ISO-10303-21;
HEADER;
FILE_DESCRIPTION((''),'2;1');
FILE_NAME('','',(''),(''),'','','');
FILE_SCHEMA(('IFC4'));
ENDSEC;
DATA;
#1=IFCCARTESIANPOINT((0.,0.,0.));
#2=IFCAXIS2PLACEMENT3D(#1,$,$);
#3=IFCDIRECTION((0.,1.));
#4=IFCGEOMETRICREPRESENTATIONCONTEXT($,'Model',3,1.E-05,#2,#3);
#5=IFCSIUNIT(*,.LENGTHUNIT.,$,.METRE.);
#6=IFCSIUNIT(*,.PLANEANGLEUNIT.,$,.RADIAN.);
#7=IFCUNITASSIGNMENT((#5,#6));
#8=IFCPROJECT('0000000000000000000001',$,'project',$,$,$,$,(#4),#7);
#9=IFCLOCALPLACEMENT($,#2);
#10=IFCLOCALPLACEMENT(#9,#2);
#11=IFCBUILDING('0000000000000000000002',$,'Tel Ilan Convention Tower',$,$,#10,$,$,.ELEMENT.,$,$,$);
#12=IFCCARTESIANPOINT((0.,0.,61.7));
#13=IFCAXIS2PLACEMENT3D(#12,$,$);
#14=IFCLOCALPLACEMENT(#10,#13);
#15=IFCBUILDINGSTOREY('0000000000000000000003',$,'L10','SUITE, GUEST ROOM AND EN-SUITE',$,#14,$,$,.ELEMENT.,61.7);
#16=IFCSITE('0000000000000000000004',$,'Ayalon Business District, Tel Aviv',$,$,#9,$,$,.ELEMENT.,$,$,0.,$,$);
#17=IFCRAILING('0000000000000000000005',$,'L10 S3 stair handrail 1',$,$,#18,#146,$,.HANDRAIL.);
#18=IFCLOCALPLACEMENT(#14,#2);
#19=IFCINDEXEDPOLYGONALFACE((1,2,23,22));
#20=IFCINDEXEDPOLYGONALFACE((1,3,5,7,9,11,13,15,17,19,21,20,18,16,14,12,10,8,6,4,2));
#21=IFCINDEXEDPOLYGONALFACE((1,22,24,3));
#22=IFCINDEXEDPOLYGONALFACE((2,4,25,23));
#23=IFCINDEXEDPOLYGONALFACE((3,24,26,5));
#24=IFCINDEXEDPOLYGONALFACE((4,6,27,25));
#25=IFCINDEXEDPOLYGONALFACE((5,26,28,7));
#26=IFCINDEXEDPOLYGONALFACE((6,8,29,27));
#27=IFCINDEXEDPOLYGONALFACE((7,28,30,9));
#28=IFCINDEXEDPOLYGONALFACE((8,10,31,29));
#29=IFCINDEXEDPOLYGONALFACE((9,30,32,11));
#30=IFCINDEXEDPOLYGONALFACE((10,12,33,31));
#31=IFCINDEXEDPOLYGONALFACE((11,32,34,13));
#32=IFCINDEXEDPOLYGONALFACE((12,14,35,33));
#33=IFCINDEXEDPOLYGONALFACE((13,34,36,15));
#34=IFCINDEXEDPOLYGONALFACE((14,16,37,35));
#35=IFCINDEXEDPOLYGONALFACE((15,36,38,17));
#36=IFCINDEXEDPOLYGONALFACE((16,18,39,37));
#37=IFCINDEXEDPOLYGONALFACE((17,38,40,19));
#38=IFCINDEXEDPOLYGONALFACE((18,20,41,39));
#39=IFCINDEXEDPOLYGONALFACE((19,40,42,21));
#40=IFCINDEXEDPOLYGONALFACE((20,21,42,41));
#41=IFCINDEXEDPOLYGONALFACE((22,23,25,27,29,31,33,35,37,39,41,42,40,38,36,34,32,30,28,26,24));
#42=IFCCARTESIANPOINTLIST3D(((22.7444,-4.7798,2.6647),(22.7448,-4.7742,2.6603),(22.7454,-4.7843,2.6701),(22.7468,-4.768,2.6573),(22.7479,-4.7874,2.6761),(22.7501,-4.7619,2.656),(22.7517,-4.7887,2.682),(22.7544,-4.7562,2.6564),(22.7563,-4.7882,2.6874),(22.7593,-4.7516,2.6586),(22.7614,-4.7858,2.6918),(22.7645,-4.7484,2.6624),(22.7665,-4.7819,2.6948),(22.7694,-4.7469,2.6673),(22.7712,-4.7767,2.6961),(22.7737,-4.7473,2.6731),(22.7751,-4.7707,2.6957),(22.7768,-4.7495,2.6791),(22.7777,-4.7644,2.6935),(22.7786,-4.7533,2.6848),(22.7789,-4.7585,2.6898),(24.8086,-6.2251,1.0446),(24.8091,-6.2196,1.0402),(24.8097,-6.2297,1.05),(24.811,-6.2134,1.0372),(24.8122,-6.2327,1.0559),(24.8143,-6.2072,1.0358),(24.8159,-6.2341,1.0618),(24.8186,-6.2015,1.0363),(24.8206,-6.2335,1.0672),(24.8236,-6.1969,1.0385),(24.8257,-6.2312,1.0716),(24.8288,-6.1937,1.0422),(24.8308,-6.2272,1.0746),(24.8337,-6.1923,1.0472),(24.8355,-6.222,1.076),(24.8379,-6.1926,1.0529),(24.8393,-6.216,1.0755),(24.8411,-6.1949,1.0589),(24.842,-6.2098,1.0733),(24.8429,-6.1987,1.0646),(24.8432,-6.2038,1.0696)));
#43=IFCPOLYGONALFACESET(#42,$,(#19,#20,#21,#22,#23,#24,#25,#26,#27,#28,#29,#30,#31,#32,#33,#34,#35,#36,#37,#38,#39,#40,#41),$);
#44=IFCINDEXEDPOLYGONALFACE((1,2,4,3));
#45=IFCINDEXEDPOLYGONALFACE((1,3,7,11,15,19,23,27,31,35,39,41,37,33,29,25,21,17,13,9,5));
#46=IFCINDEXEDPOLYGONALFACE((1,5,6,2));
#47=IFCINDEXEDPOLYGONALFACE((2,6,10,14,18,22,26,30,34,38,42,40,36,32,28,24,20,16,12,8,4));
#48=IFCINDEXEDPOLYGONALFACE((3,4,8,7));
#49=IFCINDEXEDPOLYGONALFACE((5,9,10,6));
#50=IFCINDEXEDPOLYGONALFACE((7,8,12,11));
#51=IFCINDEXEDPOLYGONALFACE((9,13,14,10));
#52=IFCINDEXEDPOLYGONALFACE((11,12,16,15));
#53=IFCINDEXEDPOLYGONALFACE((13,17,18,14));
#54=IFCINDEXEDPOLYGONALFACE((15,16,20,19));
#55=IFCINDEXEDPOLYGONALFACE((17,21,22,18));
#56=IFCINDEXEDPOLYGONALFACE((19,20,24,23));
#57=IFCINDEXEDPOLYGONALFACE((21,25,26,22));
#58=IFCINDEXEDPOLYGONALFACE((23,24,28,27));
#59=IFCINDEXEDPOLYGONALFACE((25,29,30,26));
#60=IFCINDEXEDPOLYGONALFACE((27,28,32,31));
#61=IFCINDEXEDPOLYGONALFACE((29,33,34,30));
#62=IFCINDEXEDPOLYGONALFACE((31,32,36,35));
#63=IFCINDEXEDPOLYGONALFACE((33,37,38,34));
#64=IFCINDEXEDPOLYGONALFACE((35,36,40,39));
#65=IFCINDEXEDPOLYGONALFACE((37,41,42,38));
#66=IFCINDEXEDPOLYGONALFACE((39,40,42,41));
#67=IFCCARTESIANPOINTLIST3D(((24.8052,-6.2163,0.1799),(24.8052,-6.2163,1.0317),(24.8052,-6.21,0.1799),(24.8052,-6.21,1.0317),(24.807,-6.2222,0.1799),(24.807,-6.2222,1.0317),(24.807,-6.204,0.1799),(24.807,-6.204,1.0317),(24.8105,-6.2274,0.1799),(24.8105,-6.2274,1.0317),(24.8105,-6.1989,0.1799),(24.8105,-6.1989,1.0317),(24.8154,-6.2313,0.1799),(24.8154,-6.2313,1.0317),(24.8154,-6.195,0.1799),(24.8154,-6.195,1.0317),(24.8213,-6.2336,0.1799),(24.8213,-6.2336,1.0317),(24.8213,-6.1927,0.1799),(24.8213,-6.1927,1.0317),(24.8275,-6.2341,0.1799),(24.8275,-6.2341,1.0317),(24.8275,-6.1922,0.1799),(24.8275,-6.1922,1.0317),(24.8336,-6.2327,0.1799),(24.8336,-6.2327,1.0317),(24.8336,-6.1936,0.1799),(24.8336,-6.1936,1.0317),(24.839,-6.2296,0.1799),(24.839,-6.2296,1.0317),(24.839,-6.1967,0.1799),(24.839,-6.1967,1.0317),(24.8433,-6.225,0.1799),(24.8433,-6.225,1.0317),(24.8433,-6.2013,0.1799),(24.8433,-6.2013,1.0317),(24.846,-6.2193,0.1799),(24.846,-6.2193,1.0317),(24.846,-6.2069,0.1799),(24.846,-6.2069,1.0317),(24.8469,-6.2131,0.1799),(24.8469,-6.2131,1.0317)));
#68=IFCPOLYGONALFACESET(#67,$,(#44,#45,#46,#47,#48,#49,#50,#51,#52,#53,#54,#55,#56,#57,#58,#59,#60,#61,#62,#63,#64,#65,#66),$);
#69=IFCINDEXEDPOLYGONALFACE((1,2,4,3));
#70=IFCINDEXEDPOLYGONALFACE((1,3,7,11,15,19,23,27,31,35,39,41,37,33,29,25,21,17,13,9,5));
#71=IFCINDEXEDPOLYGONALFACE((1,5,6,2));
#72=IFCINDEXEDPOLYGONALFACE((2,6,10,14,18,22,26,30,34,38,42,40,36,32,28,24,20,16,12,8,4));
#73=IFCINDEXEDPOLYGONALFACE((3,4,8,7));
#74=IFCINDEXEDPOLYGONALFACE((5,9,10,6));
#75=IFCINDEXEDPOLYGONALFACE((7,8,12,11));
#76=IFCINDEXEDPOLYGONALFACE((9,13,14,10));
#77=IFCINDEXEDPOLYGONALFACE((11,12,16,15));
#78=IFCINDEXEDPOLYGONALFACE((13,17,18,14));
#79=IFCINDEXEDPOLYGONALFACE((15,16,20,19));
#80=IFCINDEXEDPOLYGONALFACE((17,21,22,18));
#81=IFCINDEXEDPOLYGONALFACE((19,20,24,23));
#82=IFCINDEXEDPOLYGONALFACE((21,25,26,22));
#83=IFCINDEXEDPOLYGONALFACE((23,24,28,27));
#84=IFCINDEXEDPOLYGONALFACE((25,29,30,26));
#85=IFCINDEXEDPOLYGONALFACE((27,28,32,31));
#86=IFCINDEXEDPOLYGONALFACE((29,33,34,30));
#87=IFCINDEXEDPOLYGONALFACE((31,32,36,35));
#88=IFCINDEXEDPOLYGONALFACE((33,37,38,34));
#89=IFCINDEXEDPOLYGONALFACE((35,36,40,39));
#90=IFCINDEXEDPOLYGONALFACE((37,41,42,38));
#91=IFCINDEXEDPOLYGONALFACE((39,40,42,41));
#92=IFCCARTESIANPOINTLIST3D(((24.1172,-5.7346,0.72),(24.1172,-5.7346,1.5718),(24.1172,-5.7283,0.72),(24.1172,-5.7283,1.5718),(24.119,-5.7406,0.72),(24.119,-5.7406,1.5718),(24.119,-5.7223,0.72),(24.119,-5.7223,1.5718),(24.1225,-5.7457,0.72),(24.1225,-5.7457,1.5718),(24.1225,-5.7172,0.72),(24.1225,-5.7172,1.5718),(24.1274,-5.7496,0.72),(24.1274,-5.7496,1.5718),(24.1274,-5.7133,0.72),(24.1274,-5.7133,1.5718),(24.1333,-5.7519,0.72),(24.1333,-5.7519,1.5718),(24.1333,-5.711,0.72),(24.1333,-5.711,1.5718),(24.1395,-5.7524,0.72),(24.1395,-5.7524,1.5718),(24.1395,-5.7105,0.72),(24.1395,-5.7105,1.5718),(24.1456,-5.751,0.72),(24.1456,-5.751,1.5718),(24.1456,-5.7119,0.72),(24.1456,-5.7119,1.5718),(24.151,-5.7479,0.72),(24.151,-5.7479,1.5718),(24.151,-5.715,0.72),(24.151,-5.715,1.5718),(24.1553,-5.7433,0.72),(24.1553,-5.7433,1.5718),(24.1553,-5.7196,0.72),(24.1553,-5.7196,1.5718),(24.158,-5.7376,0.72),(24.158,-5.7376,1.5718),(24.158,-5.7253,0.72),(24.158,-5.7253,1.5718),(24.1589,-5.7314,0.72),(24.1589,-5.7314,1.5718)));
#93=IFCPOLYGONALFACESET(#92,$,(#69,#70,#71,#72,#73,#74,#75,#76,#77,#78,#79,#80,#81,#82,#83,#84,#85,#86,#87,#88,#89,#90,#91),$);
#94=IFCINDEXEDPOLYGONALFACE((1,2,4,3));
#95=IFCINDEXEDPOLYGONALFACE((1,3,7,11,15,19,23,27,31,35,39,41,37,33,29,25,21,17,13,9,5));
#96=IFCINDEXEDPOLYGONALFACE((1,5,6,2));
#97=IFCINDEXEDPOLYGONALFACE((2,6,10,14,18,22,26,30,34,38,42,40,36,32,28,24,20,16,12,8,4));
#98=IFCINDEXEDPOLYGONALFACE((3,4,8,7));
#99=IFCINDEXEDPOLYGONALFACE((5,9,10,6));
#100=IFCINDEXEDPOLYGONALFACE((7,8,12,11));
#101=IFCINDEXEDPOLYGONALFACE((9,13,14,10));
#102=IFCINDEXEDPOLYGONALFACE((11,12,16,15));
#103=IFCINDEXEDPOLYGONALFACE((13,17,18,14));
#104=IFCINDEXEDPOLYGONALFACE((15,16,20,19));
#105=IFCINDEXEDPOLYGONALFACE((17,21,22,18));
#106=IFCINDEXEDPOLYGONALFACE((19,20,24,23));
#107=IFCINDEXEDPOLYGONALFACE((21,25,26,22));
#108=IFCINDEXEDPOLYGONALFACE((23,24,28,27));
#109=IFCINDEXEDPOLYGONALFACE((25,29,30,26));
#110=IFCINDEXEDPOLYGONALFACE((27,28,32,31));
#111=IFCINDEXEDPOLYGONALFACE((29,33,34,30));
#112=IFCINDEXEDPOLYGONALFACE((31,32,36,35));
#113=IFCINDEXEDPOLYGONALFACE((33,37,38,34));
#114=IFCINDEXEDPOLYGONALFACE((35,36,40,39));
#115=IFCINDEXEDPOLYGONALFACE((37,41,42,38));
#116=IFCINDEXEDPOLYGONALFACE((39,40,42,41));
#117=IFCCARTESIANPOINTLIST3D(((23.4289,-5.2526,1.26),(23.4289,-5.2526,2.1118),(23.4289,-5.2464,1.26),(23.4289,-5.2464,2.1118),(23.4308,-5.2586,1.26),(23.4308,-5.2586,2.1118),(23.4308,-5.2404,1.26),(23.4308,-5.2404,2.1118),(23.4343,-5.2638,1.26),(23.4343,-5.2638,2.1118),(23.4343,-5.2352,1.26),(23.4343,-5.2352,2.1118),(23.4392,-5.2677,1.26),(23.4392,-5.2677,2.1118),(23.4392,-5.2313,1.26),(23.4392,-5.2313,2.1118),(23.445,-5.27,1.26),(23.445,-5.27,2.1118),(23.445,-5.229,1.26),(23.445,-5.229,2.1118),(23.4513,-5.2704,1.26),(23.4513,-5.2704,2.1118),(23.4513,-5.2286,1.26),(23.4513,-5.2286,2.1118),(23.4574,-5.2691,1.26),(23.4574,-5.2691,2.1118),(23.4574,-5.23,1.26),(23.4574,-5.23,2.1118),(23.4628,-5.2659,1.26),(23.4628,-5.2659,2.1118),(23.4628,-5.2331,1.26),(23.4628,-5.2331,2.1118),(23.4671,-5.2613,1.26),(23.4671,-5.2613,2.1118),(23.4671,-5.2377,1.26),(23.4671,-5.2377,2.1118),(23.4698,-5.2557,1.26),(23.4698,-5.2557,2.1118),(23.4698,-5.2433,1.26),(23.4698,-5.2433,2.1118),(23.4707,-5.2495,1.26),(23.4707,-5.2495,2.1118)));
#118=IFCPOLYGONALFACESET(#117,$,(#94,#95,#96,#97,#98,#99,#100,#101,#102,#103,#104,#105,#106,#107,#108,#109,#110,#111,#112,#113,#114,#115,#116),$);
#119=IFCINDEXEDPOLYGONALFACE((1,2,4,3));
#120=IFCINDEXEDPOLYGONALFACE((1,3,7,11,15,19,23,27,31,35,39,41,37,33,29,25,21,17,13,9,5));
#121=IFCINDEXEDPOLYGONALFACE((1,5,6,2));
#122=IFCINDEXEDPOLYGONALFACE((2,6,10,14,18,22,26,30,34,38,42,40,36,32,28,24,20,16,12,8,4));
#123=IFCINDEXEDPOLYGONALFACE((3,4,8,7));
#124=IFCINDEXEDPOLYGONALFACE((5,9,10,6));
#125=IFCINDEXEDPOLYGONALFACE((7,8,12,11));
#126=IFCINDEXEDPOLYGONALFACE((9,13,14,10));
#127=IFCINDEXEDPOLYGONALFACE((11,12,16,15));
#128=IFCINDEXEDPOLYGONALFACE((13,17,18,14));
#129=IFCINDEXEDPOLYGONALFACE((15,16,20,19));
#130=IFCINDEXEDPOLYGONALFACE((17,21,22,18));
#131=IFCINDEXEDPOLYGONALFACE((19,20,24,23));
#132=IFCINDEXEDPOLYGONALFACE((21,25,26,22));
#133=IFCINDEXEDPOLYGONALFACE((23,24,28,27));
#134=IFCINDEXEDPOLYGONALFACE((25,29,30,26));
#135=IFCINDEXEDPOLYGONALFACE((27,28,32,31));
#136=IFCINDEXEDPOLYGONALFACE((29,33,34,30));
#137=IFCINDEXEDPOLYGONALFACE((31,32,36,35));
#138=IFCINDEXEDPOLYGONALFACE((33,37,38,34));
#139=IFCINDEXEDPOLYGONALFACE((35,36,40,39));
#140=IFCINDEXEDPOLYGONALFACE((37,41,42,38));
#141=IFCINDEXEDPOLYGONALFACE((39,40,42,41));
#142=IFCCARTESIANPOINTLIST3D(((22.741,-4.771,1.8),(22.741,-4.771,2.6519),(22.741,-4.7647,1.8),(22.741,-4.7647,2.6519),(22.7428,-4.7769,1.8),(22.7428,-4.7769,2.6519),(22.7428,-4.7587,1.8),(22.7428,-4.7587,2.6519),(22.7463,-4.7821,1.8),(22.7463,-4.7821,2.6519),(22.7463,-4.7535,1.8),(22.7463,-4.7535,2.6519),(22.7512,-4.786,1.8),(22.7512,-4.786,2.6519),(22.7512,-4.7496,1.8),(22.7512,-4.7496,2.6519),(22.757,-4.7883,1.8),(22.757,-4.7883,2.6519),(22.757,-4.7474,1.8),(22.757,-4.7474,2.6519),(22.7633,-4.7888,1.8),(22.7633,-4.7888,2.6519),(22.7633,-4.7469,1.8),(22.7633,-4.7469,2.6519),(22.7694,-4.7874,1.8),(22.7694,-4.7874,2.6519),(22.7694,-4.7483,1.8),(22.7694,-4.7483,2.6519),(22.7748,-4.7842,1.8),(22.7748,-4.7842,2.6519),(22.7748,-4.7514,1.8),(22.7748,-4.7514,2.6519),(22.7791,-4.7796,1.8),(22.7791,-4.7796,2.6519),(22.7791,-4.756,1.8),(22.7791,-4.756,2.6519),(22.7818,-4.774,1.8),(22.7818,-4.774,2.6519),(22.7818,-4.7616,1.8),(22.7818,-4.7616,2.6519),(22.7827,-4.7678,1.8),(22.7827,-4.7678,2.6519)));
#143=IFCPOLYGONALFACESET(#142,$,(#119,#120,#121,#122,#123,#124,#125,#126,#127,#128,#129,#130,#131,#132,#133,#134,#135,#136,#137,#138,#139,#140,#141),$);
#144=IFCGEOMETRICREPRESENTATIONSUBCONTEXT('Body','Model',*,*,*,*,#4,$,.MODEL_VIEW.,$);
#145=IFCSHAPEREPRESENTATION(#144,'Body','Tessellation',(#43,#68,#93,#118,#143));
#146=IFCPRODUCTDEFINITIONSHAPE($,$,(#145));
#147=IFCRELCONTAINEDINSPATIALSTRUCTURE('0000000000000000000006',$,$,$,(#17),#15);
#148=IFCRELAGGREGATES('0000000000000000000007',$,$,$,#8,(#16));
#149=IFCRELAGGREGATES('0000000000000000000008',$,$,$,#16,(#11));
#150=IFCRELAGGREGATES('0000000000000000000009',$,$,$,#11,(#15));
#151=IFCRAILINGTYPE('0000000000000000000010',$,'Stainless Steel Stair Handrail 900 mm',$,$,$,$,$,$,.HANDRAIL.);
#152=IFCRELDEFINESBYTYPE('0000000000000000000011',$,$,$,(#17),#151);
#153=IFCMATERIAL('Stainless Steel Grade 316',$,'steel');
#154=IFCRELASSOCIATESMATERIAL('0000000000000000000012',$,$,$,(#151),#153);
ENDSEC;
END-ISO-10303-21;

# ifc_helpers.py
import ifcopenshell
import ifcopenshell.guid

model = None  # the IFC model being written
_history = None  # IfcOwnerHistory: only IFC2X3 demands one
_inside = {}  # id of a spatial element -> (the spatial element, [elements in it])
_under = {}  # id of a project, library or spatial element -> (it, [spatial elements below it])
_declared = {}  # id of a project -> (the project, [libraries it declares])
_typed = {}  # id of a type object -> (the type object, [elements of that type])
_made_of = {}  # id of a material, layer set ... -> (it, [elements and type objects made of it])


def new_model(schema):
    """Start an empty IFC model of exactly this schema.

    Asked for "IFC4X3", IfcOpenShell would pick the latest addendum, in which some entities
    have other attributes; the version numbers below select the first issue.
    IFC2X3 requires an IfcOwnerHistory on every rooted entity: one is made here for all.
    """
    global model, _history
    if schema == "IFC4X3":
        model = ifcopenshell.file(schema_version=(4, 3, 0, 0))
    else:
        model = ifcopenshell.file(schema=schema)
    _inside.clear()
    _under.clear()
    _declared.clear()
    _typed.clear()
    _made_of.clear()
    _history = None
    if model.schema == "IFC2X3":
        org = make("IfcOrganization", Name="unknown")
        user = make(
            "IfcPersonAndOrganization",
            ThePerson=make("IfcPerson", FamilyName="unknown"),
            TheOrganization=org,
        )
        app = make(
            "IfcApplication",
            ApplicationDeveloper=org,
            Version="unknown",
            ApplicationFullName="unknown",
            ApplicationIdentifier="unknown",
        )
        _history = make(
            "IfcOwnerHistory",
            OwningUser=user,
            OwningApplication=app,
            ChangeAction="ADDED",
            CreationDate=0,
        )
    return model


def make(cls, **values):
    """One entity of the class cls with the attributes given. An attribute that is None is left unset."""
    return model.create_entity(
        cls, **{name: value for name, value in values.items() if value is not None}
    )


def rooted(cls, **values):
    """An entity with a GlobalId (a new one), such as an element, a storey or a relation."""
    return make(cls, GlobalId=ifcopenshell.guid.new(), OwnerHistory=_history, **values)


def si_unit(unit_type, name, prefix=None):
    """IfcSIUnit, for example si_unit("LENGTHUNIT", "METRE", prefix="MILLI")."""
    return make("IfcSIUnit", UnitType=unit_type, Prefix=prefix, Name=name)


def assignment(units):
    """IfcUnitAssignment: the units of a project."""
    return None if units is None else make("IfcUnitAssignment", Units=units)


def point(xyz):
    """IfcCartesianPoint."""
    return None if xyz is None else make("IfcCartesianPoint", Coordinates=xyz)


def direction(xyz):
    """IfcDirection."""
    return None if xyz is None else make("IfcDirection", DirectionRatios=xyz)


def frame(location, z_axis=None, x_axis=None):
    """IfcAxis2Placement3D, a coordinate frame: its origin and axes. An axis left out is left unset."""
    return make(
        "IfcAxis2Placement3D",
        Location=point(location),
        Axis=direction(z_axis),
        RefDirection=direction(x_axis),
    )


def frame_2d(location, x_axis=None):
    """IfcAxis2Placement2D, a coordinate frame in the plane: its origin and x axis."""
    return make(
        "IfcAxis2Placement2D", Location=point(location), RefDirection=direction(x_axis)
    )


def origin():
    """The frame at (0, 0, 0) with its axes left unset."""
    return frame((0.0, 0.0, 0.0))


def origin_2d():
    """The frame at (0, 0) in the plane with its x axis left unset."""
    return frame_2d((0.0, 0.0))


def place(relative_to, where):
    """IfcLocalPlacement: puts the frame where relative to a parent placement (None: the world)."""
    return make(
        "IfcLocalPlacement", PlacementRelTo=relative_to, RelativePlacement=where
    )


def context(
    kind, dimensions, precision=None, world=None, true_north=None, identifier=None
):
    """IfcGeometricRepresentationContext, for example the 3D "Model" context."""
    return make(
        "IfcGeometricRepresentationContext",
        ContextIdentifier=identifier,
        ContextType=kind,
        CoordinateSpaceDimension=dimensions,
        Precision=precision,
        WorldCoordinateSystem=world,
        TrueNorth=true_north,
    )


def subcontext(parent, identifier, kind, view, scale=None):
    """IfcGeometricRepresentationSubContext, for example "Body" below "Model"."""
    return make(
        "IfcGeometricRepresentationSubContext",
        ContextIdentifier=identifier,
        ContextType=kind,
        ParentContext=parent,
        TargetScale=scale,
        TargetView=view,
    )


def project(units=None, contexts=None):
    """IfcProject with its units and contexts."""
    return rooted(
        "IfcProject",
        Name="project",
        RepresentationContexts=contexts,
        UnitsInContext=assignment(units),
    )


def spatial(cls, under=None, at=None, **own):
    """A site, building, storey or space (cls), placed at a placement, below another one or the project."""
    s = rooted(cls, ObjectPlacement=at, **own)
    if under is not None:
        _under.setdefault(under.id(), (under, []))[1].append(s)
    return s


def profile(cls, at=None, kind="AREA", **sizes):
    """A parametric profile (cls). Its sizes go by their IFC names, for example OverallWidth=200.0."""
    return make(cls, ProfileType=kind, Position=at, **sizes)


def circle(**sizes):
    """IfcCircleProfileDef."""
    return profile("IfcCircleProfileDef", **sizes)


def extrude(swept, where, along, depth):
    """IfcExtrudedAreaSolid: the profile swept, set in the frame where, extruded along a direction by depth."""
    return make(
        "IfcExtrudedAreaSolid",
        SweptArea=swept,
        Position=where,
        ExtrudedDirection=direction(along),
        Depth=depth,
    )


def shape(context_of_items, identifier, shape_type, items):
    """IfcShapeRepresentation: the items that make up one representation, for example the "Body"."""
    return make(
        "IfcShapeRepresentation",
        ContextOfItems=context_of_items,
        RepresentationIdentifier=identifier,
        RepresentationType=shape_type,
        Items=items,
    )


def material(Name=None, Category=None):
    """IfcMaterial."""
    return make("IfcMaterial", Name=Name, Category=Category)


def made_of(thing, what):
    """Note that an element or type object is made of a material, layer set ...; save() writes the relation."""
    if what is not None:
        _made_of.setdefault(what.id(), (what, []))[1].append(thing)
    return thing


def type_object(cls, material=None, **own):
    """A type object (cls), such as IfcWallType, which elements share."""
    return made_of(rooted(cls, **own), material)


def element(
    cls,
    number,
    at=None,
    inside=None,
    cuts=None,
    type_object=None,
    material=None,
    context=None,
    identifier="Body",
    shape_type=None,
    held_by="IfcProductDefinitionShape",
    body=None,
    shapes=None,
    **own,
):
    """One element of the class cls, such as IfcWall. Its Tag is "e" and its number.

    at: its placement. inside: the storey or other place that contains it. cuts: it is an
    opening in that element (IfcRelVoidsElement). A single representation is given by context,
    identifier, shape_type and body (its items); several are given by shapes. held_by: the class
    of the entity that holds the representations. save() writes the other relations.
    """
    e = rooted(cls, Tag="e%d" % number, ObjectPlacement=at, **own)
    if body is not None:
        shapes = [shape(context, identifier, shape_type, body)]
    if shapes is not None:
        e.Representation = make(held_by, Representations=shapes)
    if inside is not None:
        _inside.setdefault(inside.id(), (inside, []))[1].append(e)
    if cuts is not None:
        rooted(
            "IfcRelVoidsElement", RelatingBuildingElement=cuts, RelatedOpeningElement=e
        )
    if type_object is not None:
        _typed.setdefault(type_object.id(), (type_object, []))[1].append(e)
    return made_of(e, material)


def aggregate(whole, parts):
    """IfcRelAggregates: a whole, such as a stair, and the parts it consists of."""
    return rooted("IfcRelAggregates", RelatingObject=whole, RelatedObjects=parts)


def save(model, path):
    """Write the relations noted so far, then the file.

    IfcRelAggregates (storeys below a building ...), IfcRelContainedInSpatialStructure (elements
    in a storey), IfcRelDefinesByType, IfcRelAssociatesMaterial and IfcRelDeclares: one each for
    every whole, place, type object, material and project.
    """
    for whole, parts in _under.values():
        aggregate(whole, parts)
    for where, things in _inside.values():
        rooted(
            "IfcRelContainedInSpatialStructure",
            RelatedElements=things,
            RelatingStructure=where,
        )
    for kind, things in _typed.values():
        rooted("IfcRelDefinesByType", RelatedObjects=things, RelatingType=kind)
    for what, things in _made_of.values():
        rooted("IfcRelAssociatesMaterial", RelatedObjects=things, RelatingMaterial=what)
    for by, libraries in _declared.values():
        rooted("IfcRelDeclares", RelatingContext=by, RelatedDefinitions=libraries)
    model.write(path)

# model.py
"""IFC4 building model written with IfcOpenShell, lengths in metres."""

from ifc_helpers import new_model, si_unit, direction, frame, origin, origin_2d, place, context, subcontext, project, spatial, circle, extrude, material, type_object, element, save


model = new_model("IFC4")

# Units and contexts
model_context = context("Model", 3, precision=1e-05, world=origin(), true_north=direction((0.0, 1.0)))
body_context = subcontext(model_context, "Body", "Model", "MODEL_VIEW")
ifc_project = project(units=[si_unit("LENGTHUNIT", "METRE"), si_unit("PLANEANGLEUNIT", "RADIAN")], contexts=[model_context])

# Site, building, storey
site_placement = place(None, origin())
site = spatial("IfcSite", under=ifc_project, at=site_placement, Name="Ayalon Business District, Tel Aviv", CompositionType="ELEMENT", RefElevation=0.0)
building_placement = place(site_placement, origin())
building = spatial("IfcBuilding", under=site, at=building_placement, Name="Tel Ilan Convention Tower", CompositionType="ELEMENT")
storey_placement = place(building_placement, frame((0.0, 0.0, 61.7)))
storey = spatial("IfcBuildingStorey", under=building, at=storey_placement, Name="L10", Description="SUITE, GUEST ROOM AND EN-SUITE", CompositionType="ELEMENT", Elevation=61.7)

# Railing
ifc_material_1 = material(Name="Stainless Steel Grade 316", Category="steel")
railing_type_1 = type_object("IfcRailingType", Name="Stainless Steel Stair Handrail 900 mm", PredefinedType="HANDRAIL", material=ifc_material_1)
railing_1_placement = place(storey_placement, frame((24.8259, -6.2131, 0.1799)))
element("IfcRailing", 1, at=railing_1_placement, inside=storey, type_object=railing_type_1, Name="L10 S3 stair handrail 1", PredefinedType="HANDRAIL", context=body_context, shape_type="SweptSolid", body=[
    extrude(circle(Radius=0.0239, at=origin_2d()), frame((0.0, 0.0, 0.876), z_axis=(-0.68904, 0.48245, 0.540801), x_axis=(-0.57356, -0.819164, 0.0)), (0.0, 0.0, 1.0), 2.9958),
    extrude(circle(Radius=0.021, at=origin_2d()), origin(), (0.0, 0.0, 1.0), 0.8518),
    extrude(circle(Radius=0.021, at=origin_2d()), frame((-0.688, 0.4817, 0.54)), (0.0, 0.0, 1.0), 0.8518),
    extrude(circle(Radius=0.021, at=origin_2d()), frame((-1.3762, 0.9636, 1.0801)), (0.0, 0.0, 1.0), 0.8518),
    extrude(circle(Radius=0.021, at=origin_2d()), frame((-2.0642, 1.4453, 1.6201)), (0.0, 0.0, 1.0), 0.8518),
])

save(model, "model.ifc")
